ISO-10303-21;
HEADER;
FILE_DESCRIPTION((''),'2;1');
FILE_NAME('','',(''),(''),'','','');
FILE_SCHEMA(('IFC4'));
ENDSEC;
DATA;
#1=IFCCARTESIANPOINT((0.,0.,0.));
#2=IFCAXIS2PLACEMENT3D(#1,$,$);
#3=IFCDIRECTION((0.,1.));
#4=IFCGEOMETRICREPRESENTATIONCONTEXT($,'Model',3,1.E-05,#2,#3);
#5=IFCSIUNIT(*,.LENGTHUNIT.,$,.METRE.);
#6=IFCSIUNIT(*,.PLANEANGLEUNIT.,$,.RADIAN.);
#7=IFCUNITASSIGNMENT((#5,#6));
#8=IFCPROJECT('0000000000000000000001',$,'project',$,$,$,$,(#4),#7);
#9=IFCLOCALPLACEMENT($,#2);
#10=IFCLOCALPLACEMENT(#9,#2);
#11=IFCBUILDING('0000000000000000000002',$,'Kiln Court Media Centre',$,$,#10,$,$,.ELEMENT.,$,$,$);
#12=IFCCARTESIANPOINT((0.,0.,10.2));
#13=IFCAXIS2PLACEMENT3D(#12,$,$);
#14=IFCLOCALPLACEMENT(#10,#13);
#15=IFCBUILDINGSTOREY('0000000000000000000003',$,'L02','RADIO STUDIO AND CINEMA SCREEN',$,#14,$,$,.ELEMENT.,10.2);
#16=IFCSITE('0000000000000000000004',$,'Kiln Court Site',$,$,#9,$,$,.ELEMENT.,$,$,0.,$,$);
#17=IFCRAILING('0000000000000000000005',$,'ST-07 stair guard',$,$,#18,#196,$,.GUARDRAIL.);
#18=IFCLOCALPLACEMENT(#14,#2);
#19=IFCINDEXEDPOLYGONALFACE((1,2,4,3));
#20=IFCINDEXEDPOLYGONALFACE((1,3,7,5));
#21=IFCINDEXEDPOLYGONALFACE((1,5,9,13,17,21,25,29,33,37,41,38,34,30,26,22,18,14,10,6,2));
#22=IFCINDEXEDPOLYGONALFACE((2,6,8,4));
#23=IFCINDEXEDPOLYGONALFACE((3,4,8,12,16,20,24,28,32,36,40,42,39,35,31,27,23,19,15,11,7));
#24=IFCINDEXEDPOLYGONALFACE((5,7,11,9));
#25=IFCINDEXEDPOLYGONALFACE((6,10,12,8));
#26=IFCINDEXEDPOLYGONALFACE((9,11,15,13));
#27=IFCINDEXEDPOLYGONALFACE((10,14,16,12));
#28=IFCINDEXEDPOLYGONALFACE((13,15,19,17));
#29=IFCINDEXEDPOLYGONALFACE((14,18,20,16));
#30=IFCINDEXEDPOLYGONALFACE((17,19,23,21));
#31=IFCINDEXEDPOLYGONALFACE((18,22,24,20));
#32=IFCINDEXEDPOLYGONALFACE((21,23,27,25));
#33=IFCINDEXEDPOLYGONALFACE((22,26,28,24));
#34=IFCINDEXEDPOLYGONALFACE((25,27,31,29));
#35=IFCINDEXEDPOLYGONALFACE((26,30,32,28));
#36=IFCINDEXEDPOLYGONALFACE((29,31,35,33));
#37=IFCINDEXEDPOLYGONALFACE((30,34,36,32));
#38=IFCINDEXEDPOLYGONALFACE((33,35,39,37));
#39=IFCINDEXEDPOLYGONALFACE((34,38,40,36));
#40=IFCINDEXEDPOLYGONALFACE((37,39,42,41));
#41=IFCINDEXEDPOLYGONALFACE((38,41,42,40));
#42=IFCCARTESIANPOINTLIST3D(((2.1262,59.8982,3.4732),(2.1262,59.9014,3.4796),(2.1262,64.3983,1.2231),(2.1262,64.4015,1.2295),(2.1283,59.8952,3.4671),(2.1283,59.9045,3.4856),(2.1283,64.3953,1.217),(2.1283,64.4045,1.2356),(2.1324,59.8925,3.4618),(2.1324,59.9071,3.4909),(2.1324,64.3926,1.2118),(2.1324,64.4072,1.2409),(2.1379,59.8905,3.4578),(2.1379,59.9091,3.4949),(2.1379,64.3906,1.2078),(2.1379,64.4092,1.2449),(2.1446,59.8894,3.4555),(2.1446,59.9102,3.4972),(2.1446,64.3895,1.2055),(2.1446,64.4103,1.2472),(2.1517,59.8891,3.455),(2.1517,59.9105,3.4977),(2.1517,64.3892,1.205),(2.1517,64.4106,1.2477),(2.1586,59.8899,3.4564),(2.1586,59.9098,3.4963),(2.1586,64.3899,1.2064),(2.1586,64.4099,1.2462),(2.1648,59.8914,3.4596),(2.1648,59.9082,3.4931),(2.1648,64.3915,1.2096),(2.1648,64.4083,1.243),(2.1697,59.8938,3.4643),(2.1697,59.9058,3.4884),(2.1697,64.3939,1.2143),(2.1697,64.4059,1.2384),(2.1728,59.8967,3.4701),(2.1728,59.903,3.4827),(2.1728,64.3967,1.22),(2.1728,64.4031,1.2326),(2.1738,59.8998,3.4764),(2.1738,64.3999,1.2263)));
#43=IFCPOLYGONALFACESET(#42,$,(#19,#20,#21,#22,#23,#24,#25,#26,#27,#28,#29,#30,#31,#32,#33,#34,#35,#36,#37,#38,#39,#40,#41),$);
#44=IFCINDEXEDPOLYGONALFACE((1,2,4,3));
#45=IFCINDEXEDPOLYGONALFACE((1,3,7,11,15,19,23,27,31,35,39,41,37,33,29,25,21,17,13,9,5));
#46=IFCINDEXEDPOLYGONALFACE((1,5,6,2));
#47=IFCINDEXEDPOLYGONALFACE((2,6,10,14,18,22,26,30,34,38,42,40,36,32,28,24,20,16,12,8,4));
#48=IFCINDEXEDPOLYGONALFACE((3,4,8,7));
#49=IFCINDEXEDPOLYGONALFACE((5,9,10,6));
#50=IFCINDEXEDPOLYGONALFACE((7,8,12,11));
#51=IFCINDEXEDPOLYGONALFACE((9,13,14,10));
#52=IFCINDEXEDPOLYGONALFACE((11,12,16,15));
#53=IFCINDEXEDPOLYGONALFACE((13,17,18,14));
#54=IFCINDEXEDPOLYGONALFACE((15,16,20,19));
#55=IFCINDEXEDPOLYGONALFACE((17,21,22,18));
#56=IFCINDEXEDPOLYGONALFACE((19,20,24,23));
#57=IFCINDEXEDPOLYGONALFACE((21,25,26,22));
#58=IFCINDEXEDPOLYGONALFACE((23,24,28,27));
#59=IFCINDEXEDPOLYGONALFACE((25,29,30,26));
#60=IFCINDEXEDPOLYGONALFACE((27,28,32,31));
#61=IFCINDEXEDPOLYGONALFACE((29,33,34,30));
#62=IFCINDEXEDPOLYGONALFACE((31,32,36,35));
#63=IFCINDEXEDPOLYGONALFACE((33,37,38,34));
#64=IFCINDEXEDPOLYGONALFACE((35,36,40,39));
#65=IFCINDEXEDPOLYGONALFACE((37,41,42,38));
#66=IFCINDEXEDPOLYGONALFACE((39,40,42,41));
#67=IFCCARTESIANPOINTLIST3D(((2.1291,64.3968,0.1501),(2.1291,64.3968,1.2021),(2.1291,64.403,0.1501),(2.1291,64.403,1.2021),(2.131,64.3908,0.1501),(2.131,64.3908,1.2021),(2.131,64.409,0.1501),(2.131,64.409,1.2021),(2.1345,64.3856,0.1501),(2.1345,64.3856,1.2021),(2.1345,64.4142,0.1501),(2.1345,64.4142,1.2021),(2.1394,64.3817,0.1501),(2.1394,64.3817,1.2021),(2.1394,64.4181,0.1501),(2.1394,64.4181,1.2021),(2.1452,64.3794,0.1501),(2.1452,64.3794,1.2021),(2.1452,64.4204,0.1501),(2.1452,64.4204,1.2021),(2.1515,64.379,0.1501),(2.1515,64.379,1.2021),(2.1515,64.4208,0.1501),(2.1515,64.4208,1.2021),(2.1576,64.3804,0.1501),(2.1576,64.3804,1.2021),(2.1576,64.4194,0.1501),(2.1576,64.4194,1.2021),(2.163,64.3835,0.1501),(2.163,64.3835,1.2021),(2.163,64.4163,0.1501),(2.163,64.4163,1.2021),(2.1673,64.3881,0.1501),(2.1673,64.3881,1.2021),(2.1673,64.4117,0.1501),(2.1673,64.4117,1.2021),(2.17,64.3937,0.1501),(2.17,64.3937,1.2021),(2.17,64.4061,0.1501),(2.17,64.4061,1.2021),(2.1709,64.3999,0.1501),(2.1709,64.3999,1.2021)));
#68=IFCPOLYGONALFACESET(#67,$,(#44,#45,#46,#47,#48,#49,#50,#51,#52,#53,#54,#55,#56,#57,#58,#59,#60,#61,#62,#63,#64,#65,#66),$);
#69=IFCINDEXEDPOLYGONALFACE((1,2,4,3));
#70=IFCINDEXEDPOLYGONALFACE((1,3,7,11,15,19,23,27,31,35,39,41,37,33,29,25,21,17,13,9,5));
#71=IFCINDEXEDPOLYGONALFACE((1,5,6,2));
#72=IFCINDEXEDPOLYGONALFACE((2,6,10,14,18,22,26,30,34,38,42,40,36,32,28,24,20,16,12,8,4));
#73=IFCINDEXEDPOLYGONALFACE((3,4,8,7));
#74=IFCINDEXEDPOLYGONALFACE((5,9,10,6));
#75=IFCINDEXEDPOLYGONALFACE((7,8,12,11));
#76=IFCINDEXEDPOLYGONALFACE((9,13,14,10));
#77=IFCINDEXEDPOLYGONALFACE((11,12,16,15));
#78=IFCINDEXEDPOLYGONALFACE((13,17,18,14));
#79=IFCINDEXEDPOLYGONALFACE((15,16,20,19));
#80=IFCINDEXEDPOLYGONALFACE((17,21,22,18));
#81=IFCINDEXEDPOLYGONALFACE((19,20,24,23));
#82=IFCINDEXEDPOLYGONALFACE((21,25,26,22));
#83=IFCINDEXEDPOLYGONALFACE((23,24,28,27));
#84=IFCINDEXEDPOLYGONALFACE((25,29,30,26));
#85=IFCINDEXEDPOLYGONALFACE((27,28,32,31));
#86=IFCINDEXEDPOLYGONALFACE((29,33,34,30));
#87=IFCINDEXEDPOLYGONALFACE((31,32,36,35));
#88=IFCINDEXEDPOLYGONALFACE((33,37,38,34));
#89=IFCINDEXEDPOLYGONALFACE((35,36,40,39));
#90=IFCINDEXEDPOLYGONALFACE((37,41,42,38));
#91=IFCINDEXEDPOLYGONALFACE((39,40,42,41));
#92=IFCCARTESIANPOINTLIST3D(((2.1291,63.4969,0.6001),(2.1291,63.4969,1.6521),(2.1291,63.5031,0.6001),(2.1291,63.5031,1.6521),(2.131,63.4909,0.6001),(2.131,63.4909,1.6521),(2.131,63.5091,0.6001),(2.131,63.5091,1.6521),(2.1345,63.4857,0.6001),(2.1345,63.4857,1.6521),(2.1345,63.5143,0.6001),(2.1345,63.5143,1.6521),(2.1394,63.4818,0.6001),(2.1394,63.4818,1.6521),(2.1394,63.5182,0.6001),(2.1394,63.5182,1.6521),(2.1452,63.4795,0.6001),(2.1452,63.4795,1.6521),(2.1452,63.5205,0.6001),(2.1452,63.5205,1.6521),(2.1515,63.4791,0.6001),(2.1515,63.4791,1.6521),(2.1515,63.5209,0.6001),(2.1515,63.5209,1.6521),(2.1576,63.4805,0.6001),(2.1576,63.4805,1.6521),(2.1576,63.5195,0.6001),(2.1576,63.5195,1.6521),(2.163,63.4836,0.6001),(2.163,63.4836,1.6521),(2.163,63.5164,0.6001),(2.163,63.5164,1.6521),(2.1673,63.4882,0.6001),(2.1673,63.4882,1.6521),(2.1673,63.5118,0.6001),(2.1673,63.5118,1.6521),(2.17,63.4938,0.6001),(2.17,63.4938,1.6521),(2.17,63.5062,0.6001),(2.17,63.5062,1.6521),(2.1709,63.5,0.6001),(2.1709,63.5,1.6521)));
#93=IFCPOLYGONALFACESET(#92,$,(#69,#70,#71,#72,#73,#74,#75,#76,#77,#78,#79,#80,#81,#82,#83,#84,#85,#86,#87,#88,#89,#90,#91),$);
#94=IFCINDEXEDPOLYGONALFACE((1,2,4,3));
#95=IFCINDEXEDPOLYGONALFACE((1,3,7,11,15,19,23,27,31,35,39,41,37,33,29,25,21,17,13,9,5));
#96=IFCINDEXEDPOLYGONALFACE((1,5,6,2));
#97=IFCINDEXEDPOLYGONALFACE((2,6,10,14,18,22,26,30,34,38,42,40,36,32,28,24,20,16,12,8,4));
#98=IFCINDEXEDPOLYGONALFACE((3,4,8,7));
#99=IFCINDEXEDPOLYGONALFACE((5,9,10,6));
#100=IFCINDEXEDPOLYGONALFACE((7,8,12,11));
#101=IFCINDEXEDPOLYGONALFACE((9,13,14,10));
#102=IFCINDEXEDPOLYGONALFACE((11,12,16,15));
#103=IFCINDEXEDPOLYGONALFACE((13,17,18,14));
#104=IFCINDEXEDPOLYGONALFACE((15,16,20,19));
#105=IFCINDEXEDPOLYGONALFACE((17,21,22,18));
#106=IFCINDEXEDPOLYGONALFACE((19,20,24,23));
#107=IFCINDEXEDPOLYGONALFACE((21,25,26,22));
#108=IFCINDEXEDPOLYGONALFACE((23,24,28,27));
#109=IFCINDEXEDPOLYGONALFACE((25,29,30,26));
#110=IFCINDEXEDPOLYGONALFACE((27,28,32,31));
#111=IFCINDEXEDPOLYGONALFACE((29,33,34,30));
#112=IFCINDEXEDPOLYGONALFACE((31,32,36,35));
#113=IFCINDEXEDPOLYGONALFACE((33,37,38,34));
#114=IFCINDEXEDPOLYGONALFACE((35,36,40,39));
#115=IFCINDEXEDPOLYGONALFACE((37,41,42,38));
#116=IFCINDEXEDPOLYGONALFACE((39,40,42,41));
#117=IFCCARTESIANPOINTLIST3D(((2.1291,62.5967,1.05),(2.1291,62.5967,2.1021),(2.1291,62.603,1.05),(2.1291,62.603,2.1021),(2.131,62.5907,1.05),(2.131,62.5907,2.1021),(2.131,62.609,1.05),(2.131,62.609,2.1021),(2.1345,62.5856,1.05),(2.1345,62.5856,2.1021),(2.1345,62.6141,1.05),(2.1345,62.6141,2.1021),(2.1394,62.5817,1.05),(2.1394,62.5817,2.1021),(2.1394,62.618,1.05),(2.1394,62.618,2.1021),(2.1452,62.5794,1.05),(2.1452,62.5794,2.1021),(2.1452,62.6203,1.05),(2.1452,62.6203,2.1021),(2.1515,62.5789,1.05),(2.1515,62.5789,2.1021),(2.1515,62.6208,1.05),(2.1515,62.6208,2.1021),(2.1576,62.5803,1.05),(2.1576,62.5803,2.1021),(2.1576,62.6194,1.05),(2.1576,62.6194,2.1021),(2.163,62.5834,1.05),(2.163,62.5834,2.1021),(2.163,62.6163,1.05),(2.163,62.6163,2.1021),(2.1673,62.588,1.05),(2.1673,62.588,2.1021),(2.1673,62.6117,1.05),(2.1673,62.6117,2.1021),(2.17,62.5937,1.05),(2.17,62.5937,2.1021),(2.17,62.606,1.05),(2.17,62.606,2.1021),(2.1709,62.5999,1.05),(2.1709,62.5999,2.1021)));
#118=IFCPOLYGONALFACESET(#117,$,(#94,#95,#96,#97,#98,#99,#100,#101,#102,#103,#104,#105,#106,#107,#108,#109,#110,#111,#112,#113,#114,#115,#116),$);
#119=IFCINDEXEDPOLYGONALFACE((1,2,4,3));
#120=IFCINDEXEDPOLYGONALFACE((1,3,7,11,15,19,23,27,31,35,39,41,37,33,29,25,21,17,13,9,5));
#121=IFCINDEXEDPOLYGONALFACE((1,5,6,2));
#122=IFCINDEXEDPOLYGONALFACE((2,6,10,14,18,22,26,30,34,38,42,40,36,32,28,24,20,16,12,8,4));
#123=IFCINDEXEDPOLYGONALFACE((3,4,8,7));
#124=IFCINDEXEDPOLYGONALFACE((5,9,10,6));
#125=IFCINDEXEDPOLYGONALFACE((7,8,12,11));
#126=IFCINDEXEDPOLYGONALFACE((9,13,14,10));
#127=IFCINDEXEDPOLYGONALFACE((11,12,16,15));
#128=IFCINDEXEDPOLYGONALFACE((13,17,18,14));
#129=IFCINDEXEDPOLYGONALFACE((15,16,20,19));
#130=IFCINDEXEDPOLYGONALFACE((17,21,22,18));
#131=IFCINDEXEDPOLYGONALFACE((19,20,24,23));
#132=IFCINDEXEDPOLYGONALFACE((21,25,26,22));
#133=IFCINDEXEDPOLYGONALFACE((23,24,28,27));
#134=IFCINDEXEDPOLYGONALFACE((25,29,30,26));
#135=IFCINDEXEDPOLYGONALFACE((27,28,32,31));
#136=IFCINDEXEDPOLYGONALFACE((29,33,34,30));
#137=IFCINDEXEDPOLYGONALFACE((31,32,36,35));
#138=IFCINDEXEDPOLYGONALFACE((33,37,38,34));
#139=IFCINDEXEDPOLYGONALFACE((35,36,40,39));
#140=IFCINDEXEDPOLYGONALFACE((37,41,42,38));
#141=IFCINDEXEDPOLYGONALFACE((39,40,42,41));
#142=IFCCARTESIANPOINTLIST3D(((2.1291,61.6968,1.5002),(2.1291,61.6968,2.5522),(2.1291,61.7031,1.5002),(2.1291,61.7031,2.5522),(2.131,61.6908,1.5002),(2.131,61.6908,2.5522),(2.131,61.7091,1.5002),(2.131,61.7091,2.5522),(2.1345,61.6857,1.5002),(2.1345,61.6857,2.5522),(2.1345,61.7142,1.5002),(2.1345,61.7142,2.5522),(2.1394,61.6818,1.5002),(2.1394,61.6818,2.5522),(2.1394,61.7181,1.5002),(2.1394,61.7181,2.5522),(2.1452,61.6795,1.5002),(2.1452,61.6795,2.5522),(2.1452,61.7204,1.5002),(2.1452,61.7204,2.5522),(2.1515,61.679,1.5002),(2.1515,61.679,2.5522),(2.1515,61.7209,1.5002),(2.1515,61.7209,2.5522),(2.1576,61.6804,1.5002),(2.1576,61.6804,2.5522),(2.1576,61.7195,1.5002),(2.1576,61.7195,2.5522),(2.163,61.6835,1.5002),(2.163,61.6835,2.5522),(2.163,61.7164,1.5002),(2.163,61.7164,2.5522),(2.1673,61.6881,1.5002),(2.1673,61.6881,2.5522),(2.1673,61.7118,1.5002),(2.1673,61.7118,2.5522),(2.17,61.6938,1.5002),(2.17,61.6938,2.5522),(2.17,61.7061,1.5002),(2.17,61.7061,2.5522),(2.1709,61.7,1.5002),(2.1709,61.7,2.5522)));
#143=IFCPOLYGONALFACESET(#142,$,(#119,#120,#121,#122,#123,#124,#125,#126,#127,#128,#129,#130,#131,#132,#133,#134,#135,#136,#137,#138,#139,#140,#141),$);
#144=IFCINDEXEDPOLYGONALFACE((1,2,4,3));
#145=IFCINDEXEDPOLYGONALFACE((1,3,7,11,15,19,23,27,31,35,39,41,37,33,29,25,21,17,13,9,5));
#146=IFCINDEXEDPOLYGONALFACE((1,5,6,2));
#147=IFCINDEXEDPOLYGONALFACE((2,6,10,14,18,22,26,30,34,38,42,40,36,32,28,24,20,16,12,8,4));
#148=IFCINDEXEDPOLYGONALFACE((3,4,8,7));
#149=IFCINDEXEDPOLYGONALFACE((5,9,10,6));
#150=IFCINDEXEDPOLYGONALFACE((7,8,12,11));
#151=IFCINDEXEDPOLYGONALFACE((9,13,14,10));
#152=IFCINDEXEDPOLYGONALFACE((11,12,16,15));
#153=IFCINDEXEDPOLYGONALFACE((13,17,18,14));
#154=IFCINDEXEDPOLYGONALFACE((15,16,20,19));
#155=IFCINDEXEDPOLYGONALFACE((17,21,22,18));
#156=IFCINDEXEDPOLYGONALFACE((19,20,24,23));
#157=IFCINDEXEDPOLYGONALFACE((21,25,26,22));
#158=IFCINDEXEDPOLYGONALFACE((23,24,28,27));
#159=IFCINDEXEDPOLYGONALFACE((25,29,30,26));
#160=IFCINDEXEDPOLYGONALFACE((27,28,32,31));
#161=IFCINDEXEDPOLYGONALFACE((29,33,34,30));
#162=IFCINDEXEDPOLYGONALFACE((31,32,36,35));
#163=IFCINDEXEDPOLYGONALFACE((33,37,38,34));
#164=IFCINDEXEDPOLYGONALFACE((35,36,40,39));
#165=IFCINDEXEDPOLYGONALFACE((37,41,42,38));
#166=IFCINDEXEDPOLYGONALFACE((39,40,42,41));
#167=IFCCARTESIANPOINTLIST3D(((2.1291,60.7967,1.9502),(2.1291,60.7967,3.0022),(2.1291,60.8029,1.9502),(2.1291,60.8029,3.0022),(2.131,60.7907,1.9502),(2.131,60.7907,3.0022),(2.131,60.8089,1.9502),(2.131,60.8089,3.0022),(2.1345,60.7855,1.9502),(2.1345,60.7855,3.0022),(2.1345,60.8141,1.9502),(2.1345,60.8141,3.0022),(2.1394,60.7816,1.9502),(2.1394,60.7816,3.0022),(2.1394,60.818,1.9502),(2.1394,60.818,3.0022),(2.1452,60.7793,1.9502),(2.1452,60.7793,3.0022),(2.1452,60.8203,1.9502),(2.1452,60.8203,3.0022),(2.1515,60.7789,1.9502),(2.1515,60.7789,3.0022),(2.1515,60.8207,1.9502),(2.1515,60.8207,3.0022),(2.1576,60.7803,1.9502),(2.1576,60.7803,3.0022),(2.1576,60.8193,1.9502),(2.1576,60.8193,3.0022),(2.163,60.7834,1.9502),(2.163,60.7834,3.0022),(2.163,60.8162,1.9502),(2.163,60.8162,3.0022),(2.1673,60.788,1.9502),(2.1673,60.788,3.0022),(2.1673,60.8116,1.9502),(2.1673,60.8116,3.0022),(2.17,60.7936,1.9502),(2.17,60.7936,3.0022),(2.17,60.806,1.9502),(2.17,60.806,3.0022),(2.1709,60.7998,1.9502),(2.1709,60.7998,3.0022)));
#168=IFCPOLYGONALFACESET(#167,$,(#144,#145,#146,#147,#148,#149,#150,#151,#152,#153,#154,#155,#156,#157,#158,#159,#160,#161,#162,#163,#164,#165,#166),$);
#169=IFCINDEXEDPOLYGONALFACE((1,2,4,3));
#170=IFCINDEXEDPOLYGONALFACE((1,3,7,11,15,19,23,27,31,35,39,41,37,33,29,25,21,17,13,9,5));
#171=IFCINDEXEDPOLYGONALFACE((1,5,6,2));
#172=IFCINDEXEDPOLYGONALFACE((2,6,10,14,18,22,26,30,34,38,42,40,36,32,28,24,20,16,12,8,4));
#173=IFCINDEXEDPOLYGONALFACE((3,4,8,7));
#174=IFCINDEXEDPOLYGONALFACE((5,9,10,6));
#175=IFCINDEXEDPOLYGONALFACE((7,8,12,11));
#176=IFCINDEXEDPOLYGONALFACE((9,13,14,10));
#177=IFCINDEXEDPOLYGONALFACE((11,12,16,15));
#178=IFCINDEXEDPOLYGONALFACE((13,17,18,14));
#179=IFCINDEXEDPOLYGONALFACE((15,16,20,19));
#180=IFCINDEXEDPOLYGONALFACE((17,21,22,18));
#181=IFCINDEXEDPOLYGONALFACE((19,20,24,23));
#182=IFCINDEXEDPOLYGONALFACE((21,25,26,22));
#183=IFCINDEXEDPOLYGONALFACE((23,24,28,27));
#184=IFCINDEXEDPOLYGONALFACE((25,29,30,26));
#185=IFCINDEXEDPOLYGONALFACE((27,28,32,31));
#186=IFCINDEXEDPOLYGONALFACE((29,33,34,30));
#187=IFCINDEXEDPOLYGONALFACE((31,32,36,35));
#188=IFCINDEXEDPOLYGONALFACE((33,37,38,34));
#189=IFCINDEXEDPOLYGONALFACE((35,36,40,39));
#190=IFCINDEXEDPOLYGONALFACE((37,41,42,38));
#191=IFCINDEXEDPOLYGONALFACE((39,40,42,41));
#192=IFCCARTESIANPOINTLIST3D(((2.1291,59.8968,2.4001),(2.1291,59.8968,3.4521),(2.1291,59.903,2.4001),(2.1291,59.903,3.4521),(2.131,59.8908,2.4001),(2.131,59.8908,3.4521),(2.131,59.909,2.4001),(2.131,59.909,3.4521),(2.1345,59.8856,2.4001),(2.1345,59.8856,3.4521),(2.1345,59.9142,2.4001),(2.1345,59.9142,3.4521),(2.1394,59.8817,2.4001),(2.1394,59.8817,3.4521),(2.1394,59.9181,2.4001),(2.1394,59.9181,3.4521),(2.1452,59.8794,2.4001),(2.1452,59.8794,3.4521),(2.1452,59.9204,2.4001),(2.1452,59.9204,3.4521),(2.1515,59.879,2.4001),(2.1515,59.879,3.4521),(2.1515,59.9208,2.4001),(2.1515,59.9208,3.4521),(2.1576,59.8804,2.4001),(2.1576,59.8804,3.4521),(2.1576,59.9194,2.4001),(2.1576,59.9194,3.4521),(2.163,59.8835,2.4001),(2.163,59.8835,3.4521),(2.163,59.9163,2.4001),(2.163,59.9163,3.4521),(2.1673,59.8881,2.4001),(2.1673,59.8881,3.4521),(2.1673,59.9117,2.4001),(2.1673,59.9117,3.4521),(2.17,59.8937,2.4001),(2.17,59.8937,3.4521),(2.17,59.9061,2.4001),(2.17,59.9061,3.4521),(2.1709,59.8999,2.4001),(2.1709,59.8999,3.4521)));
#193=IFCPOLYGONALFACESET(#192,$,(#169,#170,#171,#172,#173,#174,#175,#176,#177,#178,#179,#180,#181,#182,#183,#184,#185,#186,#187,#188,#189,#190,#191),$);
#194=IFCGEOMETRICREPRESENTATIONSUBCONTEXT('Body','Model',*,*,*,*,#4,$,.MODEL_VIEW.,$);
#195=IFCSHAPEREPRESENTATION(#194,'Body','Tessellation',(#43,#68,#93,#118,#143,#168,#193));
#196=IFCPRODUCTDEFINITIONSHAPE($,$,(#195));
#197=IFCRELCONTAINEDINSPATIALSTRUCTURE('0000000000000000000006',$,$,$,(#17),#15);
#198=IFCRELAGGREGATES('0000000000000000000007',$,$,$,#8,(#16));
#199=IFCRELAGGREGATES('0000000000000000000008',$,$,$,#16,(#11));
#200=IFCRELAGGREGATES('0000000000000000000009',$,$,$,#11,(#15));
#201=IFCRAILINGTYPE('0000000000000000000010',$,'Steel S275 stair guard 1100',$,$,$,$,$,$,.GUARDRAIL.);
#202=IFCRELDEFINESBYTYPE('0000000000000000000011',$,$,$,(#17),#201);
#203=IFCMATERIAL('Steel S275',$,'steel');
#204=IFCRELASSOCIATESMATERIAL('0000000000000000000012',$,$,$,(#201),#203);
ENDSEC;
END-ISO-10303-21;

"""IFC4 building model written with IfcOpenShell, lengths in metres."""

from ifc_helpers import new_model, si_unit, direction, frame, origin, origin_2d, place, context, subcontext, project, spatial, circle, extrude, material, type_object, element, save


model = new_model("IFC4")

# Units and contexts
model_context = context("Model", 3, precision=1e-05, world=origin(), true_north=direction((0.0, 1.0)))
body_context = subcontext(model_context, "Body", "Model", "MODEL_VIEW")
ifc_project = project(units=[si_unit("LENGTHUNIT", "METRE"), si_unit("PLANEANGLEUNIT", "RADIAN")], contexts=[model_context])

# Site, building, storey
site_placement = place(None, origin())
site = spatial("IfcSite", under=ifc_project, at=site_placement, Name="Kiln Court Site", CompositionType="ELEMENT", RefElevation=0.0)
building_placement = place(site_placement, origin())
building = spatial("IfcBuilding", under=site, at=building_placement, Name="Kiln Court Media Centre", CompositionType="ELEMENT")
storey_placement = place(building_placement, frame((0.0, 0.0, 10.2)))
storey = spatial("IfcBuildingStorey", under=building, at=storey_placement, Name="L02", Description="RADIO STUDIO AND CINEMA SCREEN", CompositionType="ELEMENT", Elevation=10.2)

# Railing
ifc_material_1 = material(Name="Steel S275", Category="steel")
railing_type_1 = type_object("IfcRailingType", Name="Steel S275 stair guard 1100", PredefinedType="GUARDRAIL", material=ifc_material_1)
railing_1_placement = place(storey_placement, frame((2.1499, 64.3999, 0.1501)))
element("IfcRailing", 1, at=railing_1_placement, inside=storey, type_object=railing_type_1, Name="ST-07 stair guard", PredefinedType="GUARDRAIL", context=body_context, shape_type="SweptSolid", body=[
    extrude(circle(Radius=0.0239, at=origin_2d()), frame((0.0, 0.0, 1.0762), z_axis=(0.0, -0.894427, 0.447214), x_axis=(1.0, 0.0, 0.0)), (0.0, 0.0, 1.0), 5.0312),
    extrude(circle(Radius=0.021, at=origin_2d()), origin(), (0.0, 0.0, 1.0), 1.052),
    extrude(circle(Radius=0.021, at=origin_2d()), frame((0.0, -0.8999, 0.45)), (0.0, 0.0, 1.0), 1.052),
    extrude(circle(Radius=0.021, at=origin_2d()), frame((0.0, -1.8, 0.8999)), (0.0, 0.0, 1.0), 1.052),
    extrude(circle(Radius=0.021, at=origin_2d()), frame((0.0, -2.7, 1.3501)), (0.0, 0.0, 1.0), 1.052),
    extrude(circle(Radius=0.021, at=origin_2d()), frame((0.0, -3.6001, 1.8)), (0.0, 0.0, 1.0), 1.052),
    extrude(circle(Radius=0.021, at=origin_2d()), frame((0.0, -4.5, 2.25)), (0.0, 0.0, 1.0), 1.052),
])

save(model, "model.ifc")
